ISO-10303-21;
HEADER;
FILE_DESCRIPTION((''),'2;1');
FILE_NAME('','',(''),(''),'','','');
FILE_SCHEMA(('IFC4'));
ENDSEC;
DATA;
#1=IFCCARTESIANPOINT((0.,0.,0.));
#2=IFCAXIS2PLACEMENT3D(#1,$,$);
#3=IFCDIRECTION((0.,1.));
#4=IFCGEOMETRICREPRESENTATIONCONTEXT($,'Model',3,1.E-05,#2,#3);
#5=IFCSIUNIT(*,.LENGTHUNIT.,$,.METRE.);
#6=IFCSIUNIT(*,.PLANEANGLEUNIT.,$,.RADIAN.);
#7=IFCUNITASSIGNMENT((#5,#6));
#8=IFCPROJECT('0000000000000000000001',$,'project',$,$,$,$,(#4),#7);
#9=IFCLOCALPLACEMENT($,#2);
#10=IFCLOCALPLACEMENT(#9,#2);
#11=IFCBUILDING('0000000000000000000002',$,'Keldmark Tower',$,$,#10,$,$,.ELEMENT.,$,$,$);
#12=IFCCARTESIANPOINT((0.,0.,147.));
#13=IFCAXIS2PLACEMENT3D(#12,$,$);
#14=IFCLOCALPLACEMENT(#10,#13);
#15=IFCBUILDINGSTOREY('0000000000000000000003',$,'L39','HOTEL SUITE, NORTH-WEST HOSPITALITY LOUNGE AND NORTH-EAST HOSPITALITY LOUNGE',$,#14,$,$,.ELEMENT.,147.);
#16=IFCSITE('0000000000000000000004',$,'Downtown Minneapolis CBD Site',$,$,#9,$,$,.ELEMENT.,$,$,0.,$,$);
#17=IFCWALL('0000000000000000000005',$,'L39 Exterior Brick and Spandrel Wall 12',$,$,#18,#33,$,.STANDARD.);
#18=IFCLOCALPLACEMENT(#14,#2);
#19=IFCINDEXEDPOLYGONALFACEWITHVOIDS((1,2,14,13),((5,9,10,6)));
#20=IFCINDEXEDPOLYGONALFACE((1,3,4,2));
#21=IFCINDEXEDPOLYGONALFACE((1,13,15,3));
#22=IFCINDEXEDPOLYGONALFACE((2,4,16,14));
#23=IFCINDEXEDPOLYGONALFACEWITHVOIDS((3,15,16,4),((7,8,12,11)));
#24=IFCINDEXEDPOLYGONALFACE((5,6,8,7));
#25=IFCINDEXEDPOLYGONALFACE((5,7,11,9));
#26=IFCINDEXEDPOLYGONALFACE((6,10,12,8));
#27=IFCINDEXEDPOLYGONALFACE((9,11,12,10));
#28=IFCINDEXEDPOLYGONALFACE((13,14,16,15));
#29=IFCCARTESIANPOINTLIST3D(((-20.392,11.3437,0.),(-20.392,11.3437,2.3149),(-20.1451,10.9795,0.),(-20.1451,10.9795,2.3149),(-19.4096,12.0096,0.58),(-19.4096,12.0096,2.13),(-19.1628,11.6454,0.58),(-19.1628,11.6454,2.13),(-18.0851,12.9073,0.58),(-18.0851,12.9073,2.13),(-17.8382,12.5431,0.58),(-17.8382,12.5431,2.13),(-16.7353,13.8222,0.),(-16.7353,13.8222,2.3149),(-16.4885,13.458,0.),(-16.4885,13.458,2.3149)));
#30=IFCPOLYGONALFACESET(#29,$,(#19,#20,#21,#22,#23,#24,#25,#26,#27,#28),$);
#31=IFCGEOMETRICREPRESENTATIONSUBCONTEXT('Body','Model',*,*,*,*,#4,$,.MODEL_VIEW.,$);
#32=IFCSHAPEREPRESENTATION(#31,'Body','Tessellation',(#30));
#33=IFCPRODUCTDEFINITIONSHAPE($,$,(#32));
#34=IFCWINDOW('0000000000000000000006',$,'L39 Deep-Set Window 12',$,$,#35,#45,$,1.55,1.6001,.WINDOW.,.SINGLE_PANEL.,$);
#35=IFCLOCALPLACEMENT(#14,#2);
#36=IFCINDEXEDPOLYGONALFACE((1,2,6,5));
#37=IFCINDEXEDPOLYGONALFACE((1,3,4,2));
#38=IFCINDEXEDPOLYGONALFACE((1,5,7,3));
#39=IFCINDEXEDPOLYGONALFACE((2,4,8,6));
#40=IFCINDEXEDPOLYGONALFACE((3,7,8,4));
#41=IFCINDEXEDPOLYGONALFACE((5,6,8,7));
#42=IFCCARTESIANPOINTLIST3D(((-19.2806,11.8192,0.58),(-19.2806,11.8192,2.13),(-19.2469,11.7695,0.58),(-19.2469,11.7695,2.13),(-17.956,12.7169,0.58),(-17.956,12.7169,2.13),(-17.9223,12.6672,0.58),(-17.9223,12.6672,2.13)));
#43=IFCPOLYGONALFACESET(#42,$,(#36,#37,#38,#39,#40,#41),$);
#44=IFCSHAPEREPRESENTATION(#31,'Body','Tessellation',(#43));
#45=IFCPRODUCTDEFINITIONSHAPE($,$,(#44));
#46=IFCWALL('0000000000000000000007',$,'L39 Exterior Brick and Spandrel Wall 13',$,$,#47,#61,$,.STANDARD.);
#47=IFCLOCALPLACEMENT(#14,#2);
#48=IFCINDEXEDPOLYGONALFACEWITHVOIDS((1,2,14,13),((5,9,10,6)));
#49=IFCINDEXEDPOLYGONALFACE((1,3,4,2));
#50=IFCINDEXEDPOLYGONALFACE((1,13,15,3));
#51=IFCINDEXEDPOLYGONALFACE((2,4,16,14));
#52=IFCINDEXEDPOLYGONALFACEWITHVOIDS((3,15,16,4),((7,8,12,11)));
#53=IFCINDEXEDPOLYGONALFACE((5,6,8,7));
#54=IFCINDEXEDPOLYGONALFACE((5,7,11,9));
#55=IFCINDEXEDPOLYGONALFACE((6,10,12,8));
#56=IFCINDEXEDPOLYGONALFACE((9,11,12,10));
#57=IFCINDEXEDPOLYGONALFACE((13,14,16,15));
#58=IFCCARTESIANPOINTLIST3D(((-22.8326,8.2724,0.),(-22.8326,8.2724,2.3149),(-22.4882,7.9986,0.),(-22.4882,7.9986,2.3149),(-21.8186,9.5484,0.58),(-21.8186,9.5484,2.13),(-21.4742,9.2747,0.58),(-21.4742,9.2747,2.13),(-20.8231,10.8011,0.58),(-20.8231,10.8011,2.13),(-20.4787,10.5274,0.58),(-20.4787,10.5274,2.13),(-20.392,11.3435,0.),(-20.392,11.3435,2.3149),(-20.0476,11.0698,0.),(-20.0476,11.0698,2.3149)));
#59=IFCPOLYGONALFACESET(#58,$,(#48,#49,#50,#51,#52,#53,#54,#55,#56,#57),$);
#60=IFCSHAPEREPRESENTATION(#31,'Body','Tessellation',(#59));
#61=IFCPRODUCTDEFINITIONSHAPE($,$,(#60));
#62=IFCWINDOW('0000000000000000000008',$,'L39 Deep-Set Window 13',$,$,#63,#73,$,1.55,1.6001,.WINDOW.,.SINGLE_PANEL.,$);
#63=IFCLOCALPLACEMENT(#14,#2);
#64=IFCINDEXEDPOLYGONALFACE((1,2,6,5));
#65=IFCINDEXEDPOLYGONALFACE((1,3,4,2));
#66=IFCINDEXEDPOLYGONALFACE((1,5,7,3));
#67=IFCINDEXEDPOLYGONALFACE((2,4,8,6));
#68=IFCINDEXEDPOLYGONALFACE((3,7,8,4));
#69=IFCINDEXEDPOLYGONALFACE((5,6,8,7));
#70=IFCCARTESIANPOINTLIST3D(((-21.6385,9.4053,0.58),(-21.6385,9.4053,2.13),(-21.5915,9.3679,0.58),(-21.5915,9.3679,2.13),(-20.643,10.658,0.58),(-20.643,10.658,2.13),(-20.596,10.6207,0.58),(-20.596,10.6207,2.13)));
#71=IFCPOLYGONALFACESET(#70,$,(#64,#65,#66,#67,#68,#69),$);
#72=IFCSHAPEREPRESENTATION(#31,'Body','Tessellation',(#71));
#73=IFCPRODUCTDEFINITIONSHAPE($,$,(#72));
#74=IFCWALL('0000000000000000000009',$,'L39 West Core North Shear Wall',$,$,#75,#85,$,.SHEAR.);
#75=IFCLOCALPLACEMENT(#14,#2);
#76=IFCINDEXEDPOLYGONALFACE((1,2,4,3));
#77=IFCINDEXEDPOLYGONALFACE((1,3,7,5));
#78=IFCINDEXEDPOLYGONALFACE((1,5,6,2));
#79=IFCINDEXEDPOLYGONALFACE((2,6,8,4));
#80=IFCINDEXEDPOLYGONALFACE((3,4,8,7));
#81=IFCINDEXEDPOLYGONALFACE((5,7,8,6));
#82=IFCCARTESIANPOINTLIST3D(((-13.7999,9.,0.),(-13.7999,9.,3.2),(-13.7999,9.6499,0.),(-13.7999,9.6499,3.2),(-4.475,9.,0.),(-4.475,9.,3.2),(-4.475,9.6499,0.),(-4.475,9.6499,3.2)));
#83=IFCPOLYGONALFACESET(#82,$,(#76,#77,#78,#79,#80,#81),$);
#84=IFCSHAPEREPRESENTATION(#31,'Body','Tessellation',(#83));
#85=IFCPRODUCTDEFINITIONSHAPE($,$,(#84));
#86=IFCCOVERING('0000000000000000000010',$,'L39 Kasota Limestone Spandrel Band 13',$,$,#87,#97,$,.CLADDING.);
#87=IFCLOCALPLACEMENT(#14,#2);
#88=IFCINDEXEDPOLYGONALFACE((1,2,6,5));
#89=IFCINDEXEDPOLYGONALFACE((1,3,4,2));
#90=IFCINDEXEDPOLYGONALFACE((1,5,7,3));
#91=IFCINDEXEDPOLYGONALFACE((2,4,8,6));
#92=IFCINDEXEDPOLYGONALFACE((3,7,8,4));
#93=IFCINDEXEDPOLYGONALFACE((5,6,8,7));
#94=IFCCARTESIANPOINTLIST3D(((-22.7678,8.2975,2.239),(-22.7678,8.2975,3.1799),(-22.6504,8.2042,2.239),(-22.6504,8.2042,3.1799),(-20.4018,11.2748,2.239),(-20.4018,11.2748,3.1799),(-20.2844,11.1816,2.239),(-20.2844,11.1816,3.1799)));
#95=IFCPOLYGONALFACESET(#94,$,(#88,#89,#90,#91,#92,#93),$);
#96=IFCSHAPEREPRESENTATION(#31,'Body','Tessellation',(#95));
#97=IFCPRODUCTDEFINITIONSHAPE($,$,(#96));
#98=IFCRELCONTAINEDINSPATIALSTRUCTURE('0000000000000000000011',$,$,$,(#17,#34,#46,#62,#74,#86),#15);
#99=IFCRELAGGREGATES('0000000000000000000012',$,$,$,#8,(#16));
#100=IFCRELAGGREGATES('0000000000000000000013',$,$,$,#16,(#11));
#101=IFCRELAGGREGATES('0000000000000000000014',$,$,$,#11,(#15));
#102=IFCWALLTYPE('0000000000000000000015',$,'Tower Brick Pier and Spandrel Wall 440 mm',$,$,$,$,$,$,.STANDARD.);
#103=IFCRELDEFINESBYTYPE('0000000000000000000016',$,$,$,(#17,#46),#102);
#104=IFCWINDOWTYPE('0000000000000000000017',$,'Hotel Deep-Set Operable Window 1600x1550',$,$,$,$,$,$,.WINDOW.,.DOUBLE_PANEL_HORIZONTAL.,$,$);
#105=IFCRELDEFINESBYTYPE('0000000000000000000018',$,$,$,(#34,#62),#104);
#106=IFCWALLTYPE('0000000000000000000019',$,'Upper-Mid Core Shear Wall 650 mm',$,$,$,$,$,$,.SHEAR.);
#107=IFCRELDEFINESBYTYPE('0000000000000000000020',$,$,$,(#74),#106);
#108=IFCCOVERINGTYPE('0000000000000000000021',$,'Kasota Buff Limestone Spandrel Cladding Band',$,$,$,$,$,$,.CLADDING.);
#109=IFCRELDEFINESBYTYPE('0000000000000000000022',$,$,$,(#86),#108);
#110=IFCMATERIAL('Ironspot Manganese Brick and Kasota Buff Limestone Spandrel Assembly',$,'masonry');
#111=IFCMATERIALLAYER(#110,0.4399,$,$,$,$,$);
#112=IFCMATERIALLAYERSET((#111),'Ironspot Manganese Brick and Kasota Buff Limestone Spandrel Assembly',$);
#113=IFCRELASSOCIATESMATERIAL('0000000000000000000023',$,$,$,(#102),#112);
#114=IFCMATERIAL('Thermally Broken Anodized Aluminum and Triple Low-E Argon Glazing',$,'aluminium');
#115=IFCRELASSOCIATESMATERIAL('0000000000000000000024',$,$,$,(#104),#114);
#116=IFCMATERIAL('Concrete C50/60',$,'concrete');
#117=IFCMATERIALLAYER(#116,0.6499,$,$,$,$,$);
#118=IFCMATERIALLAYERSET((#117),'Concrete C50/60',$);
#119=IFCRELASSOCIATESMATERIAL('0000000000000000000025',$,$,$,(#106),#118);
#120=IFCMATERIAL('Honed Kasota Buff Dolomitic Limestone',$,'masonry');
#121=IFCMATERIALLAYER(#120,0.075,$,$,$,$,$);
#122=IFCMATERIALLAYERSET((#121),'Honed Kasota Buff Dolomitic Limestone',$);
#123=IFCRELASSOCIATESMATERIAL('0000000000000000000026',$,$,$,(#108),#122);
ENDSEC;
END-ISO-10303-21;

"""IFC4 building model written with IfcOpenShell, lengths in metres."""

from ifc_helpers import new_model, si_unit, direction, frame, frame_2d, origin, origin_2d, place, context, subcontext, project, spatial, rectangle, extrude, material, layer, layer_set, type_object, element, fill, save


model = new_model("IFC4")

# Units and contexts
model_context = context("Model", 3, precision=1e-05, world=origin(), true_north=direction((0.0, 1.0)))
body_context = subcontext(model_context, "Body", "Model", "MODEL_VIEW")
ifc_project = project(units=[si_unit("LENGTHUNIT", "METRE"), si_unit("PLANEANGLEUNIT", "RADIAN")], contexts=[model_context])

# Site, building, storey
site_placement = place(None, origin())
site = spatial("IfcSite", under=ifc_project, at=site_placement, Name="Downtown Minneapolis CBD Site", CompositionType="ELEMENT", RefElevation=0.0)
building_placement = place(site_placement, origin())
building = spatial("IfcBuilding", under=site, at=building_placement, Name="Keldmark Tower", CompositionType="ELEMENT")
storey_placement = place(building_placement, frame((0.0, 0.0, 147.0)))
storey = spatial("IfcBuildingStorey", under=building, at=storey_placement, Name="L39", Description="HOTEL SUITE, NORTH-WEST HOSPITALITY LOUNGE AND NORTH-EAST HOSPITALITY LOUNGE", CompositionType="ELEMENT", Elevation=147.0)

# Walls, openings, windows
ifc_material_1 = material(Name="Ironspot Manganese Brick and Kasota Buff Limestone Spandrel Assembly", Category="masonry")
ifc_layer_1 = layer(ifc_material_1, 0.4399)
ifc_layer_set_1 = layer_set([ifc_layer_1], Name="Ironspot Manganese Brick and Kasota Buff Limestone Spandrel Assembly")
wall_type_1 = type_object("IfcWallType", Name="Tower Brick Pier and Spandrel Wall 440 mm", PredefinedType="STANDARD", material=ifc_layer_set_1)
ifc_material_2 = material(Name="Thermally Broken Anodized Aluminum and Triple Low-E Argon Glazing", Category="aluminium")
window_type = type_object("IfcWindowType", Name="Hotel Deep-Set Operable Window 1600x1550", PartitioningType="DOUBLE_PANEL_HORIZONTAL", PredefinedType="WINDOW", material=ifc_material_2)
wall_1_placement = place(storey_placement, frame((-20.2686, 11.1616, 0.0), z_axis=(0.0, 0.0, 1.0), x_axis=(0.827775, 0.561061, 0.0)))
wall_1 = element("IfcWall", 1, at=wall_1_placement, inside=storey, type_object=wall_type_1, Name="L39 Exterior Brick and Spandrel Wall 12", PredefinedType="STANDARD", context=body_context, shape_type="SweptSolid", body=[
    extrude(rectangle(XDim=4.4175, YDim=0.4399, at=frame_2d((2.2087, 0.0))), origin(), (0.0, 0.0, 1.0), 2.3149),
])
opening_1_placement = place(wall_1_placement, frame((1.1868, 0.0, 0.5801)))
opening_1 = element("IfcOpeningElement", 2, at=opening_1_placement, cuts=wall_1, PredefinedType="OPENING", context=body_context, shape_type="SweptSolid", body=[
    extrude(rectangle(XDim=1.6001, YDim=1.55, at=frame_2d((0.8, 0.7749))), frame((0.0, 0.23, 0.0), z_axis=(0.0, -1.0, 0.0), x_axis=(1.0, 0.0, 0.0)), (0.0, 0.0, 1.0), 0.46),
])
window_1_placement = place(opening_1_placement, origin())
window_1 = element("IfcWindow", 3, at=window_1_placement, inside=storey, type_object=window_type, Name="L39 Deep-Set Window 12", OverallHeight=1.55, OverallWidth=1.6001, PartitioningType="SINGLE_PANEL", PredefinedType="WINDOW", context=body_context, shape_type="SweptSolid", body=[
    extrude(rectangle(XDim=1.6001, YDim=1.55, at=frame_2d((0.8, 0.7749))), frame((0.0, -0.01, 0.0), z_axis=(0.0, -1.0, 0.0), x_axis=(1.0, 0.0, 0.0)), (0.0, 0.0, 1.0), 0.0601),
])
fill(opening_1, window_1)
wall_2_placement = place(storey_placement, frame((-22.6604, 8.1355, 0.0), z_axis=(0.0, 0.0, 1.0), x_axis=(0.622149, 0.782899, 0.0)))
wall_2 = element("IfcWall", 4, at=wall_2_placement, inside=storey, type_object=wall_type_1, Name="L39 Exterior Brick and Spandrel Wall 13", PredefinedType="STANDARD", context=body_context, shape_type="SweptSolid", body=[
    extrude(rectangle(XDim=3.9229, YDim=0.4399, at=frame_2d((1.9614, 0.0))), origin(), (0.0, 0.0, 1.0), 2.3149),
])
opening_2_placement = place(wall_2_placement, frame((1.6299, 0.0, 0.5801)))
opening_2 = element("IfcOpeningElement", 5, at=opening_2_placement, cuts=wall_2, PredefinedType="OPENING", context=body_context, shape_type="SweptSolid", body=[
    extrude(rectangle(XDim=1.6001, YDim=1.55, at=frame_2d((0.8, 0.7749))), frame((0.0, 0.23, 0.0), z_axis=(0.0, -1.0, 0.0), x_axis=(1.0, 0.0, 0.0)), (0.0, 0.0, 1.0), 0.46),
])
window_2_placement = place(opening_2_placement, origin())
window_2 = element("IfcWindow", 6, at=window_2_placement, inside=storey, type_object=window_type, Name="L39 Deep-Set Window 13", OverallHeight=1.55, OverallWidth=1.6001, PartitioningType="SINGLE_PANEL", PredefinedType="WINDOW", context=body_context, shape_type="SweptSolid", body=[
    extrude(rectangle(XDim=1.6001, YDim=1.55, at=frame_2d((0.8, 0.7749))), frame((0.0, -0.01, 0.0), z_axis=(0.0, -1.0, 0.0), x_axis=(1.0, 0.0, 0.0)), (0.0, 0.0, 1.0), 0.0601),
])
fill(opening_2, window_2)

# Wall
ifc_material_3 = material(Name="Concrete C50/60", Category="concrete")
ifc_layer_2 = layer(ifc_material_3, 0.6499)
ifc_layer_set_2 = layer_set([ifc_layer_2], Name="Concrete C50/60")
wall_type_2 = type_object("IfcWallType", Name="Upper-Mid Core Shear Wall 650 mm", PredefinedType="SHEAR", material=ifc_layer_set_2)
wall_3_placement = place(storey_placement, frame((-13.8, 9.325, 0.0), z_axis=(0.0, 0.0, 1.0), x_axis=(1.0, 0.0, 0.0)))
element("IfcWall", 7, at=wall_3_placement, inside=storey, type_object=wall_type_2, Name="L39 West Core North Shear Wall", PredefinedType="SHEAR", context=body_context, shape_type="SweptSolid", body=[
    extrude(rectangle(XDim=9.325, YDim=0.6499, at=frame_2d((4.6626, 0.0))), origin(), (0.0, 0.0, 1.0), 3.2),
])

# Covering
ifc_material_4 = material(Name="Honed Kasota Buff Dolomitic Limestone", Category="masonry")
ifc_layer_3 = layer(ifc_material_4, 0.075)
ifc_layer_set_3 = layer_set([ifc_layer_3], Name="Honed Kasota Buff Dolomitic Limestone")
covering_type = type_object("IfcCoveringType", Name="Kasota Buff Limestone Spandrel Cladding Band", PredefinedType="CLADDING", material=ifc_layer_set_3)
covering_placement = place(storey_placement, frame((-21.5261, 9.7395, 2.239), z_axis=(0.0, 0.0, 1.0), x_axis=(-0.622146, -0.782901, 0.0)))
element("IfcCovering", 8, at=covering_placement, inside=storey, type_object=covering_type, Name="L39 Kasota Limestone Spandrel Band 13", PredefinedType="CLADDING", context=body_context, shape_type="SweptSolid", body=[
    extrude(rectangle(XDim=3.803, YDim=0.1499, at=origin_2d()), origin(), (0.0, 0.0, 1.0), 0.9409),
])

save(model, "model.ifc")
